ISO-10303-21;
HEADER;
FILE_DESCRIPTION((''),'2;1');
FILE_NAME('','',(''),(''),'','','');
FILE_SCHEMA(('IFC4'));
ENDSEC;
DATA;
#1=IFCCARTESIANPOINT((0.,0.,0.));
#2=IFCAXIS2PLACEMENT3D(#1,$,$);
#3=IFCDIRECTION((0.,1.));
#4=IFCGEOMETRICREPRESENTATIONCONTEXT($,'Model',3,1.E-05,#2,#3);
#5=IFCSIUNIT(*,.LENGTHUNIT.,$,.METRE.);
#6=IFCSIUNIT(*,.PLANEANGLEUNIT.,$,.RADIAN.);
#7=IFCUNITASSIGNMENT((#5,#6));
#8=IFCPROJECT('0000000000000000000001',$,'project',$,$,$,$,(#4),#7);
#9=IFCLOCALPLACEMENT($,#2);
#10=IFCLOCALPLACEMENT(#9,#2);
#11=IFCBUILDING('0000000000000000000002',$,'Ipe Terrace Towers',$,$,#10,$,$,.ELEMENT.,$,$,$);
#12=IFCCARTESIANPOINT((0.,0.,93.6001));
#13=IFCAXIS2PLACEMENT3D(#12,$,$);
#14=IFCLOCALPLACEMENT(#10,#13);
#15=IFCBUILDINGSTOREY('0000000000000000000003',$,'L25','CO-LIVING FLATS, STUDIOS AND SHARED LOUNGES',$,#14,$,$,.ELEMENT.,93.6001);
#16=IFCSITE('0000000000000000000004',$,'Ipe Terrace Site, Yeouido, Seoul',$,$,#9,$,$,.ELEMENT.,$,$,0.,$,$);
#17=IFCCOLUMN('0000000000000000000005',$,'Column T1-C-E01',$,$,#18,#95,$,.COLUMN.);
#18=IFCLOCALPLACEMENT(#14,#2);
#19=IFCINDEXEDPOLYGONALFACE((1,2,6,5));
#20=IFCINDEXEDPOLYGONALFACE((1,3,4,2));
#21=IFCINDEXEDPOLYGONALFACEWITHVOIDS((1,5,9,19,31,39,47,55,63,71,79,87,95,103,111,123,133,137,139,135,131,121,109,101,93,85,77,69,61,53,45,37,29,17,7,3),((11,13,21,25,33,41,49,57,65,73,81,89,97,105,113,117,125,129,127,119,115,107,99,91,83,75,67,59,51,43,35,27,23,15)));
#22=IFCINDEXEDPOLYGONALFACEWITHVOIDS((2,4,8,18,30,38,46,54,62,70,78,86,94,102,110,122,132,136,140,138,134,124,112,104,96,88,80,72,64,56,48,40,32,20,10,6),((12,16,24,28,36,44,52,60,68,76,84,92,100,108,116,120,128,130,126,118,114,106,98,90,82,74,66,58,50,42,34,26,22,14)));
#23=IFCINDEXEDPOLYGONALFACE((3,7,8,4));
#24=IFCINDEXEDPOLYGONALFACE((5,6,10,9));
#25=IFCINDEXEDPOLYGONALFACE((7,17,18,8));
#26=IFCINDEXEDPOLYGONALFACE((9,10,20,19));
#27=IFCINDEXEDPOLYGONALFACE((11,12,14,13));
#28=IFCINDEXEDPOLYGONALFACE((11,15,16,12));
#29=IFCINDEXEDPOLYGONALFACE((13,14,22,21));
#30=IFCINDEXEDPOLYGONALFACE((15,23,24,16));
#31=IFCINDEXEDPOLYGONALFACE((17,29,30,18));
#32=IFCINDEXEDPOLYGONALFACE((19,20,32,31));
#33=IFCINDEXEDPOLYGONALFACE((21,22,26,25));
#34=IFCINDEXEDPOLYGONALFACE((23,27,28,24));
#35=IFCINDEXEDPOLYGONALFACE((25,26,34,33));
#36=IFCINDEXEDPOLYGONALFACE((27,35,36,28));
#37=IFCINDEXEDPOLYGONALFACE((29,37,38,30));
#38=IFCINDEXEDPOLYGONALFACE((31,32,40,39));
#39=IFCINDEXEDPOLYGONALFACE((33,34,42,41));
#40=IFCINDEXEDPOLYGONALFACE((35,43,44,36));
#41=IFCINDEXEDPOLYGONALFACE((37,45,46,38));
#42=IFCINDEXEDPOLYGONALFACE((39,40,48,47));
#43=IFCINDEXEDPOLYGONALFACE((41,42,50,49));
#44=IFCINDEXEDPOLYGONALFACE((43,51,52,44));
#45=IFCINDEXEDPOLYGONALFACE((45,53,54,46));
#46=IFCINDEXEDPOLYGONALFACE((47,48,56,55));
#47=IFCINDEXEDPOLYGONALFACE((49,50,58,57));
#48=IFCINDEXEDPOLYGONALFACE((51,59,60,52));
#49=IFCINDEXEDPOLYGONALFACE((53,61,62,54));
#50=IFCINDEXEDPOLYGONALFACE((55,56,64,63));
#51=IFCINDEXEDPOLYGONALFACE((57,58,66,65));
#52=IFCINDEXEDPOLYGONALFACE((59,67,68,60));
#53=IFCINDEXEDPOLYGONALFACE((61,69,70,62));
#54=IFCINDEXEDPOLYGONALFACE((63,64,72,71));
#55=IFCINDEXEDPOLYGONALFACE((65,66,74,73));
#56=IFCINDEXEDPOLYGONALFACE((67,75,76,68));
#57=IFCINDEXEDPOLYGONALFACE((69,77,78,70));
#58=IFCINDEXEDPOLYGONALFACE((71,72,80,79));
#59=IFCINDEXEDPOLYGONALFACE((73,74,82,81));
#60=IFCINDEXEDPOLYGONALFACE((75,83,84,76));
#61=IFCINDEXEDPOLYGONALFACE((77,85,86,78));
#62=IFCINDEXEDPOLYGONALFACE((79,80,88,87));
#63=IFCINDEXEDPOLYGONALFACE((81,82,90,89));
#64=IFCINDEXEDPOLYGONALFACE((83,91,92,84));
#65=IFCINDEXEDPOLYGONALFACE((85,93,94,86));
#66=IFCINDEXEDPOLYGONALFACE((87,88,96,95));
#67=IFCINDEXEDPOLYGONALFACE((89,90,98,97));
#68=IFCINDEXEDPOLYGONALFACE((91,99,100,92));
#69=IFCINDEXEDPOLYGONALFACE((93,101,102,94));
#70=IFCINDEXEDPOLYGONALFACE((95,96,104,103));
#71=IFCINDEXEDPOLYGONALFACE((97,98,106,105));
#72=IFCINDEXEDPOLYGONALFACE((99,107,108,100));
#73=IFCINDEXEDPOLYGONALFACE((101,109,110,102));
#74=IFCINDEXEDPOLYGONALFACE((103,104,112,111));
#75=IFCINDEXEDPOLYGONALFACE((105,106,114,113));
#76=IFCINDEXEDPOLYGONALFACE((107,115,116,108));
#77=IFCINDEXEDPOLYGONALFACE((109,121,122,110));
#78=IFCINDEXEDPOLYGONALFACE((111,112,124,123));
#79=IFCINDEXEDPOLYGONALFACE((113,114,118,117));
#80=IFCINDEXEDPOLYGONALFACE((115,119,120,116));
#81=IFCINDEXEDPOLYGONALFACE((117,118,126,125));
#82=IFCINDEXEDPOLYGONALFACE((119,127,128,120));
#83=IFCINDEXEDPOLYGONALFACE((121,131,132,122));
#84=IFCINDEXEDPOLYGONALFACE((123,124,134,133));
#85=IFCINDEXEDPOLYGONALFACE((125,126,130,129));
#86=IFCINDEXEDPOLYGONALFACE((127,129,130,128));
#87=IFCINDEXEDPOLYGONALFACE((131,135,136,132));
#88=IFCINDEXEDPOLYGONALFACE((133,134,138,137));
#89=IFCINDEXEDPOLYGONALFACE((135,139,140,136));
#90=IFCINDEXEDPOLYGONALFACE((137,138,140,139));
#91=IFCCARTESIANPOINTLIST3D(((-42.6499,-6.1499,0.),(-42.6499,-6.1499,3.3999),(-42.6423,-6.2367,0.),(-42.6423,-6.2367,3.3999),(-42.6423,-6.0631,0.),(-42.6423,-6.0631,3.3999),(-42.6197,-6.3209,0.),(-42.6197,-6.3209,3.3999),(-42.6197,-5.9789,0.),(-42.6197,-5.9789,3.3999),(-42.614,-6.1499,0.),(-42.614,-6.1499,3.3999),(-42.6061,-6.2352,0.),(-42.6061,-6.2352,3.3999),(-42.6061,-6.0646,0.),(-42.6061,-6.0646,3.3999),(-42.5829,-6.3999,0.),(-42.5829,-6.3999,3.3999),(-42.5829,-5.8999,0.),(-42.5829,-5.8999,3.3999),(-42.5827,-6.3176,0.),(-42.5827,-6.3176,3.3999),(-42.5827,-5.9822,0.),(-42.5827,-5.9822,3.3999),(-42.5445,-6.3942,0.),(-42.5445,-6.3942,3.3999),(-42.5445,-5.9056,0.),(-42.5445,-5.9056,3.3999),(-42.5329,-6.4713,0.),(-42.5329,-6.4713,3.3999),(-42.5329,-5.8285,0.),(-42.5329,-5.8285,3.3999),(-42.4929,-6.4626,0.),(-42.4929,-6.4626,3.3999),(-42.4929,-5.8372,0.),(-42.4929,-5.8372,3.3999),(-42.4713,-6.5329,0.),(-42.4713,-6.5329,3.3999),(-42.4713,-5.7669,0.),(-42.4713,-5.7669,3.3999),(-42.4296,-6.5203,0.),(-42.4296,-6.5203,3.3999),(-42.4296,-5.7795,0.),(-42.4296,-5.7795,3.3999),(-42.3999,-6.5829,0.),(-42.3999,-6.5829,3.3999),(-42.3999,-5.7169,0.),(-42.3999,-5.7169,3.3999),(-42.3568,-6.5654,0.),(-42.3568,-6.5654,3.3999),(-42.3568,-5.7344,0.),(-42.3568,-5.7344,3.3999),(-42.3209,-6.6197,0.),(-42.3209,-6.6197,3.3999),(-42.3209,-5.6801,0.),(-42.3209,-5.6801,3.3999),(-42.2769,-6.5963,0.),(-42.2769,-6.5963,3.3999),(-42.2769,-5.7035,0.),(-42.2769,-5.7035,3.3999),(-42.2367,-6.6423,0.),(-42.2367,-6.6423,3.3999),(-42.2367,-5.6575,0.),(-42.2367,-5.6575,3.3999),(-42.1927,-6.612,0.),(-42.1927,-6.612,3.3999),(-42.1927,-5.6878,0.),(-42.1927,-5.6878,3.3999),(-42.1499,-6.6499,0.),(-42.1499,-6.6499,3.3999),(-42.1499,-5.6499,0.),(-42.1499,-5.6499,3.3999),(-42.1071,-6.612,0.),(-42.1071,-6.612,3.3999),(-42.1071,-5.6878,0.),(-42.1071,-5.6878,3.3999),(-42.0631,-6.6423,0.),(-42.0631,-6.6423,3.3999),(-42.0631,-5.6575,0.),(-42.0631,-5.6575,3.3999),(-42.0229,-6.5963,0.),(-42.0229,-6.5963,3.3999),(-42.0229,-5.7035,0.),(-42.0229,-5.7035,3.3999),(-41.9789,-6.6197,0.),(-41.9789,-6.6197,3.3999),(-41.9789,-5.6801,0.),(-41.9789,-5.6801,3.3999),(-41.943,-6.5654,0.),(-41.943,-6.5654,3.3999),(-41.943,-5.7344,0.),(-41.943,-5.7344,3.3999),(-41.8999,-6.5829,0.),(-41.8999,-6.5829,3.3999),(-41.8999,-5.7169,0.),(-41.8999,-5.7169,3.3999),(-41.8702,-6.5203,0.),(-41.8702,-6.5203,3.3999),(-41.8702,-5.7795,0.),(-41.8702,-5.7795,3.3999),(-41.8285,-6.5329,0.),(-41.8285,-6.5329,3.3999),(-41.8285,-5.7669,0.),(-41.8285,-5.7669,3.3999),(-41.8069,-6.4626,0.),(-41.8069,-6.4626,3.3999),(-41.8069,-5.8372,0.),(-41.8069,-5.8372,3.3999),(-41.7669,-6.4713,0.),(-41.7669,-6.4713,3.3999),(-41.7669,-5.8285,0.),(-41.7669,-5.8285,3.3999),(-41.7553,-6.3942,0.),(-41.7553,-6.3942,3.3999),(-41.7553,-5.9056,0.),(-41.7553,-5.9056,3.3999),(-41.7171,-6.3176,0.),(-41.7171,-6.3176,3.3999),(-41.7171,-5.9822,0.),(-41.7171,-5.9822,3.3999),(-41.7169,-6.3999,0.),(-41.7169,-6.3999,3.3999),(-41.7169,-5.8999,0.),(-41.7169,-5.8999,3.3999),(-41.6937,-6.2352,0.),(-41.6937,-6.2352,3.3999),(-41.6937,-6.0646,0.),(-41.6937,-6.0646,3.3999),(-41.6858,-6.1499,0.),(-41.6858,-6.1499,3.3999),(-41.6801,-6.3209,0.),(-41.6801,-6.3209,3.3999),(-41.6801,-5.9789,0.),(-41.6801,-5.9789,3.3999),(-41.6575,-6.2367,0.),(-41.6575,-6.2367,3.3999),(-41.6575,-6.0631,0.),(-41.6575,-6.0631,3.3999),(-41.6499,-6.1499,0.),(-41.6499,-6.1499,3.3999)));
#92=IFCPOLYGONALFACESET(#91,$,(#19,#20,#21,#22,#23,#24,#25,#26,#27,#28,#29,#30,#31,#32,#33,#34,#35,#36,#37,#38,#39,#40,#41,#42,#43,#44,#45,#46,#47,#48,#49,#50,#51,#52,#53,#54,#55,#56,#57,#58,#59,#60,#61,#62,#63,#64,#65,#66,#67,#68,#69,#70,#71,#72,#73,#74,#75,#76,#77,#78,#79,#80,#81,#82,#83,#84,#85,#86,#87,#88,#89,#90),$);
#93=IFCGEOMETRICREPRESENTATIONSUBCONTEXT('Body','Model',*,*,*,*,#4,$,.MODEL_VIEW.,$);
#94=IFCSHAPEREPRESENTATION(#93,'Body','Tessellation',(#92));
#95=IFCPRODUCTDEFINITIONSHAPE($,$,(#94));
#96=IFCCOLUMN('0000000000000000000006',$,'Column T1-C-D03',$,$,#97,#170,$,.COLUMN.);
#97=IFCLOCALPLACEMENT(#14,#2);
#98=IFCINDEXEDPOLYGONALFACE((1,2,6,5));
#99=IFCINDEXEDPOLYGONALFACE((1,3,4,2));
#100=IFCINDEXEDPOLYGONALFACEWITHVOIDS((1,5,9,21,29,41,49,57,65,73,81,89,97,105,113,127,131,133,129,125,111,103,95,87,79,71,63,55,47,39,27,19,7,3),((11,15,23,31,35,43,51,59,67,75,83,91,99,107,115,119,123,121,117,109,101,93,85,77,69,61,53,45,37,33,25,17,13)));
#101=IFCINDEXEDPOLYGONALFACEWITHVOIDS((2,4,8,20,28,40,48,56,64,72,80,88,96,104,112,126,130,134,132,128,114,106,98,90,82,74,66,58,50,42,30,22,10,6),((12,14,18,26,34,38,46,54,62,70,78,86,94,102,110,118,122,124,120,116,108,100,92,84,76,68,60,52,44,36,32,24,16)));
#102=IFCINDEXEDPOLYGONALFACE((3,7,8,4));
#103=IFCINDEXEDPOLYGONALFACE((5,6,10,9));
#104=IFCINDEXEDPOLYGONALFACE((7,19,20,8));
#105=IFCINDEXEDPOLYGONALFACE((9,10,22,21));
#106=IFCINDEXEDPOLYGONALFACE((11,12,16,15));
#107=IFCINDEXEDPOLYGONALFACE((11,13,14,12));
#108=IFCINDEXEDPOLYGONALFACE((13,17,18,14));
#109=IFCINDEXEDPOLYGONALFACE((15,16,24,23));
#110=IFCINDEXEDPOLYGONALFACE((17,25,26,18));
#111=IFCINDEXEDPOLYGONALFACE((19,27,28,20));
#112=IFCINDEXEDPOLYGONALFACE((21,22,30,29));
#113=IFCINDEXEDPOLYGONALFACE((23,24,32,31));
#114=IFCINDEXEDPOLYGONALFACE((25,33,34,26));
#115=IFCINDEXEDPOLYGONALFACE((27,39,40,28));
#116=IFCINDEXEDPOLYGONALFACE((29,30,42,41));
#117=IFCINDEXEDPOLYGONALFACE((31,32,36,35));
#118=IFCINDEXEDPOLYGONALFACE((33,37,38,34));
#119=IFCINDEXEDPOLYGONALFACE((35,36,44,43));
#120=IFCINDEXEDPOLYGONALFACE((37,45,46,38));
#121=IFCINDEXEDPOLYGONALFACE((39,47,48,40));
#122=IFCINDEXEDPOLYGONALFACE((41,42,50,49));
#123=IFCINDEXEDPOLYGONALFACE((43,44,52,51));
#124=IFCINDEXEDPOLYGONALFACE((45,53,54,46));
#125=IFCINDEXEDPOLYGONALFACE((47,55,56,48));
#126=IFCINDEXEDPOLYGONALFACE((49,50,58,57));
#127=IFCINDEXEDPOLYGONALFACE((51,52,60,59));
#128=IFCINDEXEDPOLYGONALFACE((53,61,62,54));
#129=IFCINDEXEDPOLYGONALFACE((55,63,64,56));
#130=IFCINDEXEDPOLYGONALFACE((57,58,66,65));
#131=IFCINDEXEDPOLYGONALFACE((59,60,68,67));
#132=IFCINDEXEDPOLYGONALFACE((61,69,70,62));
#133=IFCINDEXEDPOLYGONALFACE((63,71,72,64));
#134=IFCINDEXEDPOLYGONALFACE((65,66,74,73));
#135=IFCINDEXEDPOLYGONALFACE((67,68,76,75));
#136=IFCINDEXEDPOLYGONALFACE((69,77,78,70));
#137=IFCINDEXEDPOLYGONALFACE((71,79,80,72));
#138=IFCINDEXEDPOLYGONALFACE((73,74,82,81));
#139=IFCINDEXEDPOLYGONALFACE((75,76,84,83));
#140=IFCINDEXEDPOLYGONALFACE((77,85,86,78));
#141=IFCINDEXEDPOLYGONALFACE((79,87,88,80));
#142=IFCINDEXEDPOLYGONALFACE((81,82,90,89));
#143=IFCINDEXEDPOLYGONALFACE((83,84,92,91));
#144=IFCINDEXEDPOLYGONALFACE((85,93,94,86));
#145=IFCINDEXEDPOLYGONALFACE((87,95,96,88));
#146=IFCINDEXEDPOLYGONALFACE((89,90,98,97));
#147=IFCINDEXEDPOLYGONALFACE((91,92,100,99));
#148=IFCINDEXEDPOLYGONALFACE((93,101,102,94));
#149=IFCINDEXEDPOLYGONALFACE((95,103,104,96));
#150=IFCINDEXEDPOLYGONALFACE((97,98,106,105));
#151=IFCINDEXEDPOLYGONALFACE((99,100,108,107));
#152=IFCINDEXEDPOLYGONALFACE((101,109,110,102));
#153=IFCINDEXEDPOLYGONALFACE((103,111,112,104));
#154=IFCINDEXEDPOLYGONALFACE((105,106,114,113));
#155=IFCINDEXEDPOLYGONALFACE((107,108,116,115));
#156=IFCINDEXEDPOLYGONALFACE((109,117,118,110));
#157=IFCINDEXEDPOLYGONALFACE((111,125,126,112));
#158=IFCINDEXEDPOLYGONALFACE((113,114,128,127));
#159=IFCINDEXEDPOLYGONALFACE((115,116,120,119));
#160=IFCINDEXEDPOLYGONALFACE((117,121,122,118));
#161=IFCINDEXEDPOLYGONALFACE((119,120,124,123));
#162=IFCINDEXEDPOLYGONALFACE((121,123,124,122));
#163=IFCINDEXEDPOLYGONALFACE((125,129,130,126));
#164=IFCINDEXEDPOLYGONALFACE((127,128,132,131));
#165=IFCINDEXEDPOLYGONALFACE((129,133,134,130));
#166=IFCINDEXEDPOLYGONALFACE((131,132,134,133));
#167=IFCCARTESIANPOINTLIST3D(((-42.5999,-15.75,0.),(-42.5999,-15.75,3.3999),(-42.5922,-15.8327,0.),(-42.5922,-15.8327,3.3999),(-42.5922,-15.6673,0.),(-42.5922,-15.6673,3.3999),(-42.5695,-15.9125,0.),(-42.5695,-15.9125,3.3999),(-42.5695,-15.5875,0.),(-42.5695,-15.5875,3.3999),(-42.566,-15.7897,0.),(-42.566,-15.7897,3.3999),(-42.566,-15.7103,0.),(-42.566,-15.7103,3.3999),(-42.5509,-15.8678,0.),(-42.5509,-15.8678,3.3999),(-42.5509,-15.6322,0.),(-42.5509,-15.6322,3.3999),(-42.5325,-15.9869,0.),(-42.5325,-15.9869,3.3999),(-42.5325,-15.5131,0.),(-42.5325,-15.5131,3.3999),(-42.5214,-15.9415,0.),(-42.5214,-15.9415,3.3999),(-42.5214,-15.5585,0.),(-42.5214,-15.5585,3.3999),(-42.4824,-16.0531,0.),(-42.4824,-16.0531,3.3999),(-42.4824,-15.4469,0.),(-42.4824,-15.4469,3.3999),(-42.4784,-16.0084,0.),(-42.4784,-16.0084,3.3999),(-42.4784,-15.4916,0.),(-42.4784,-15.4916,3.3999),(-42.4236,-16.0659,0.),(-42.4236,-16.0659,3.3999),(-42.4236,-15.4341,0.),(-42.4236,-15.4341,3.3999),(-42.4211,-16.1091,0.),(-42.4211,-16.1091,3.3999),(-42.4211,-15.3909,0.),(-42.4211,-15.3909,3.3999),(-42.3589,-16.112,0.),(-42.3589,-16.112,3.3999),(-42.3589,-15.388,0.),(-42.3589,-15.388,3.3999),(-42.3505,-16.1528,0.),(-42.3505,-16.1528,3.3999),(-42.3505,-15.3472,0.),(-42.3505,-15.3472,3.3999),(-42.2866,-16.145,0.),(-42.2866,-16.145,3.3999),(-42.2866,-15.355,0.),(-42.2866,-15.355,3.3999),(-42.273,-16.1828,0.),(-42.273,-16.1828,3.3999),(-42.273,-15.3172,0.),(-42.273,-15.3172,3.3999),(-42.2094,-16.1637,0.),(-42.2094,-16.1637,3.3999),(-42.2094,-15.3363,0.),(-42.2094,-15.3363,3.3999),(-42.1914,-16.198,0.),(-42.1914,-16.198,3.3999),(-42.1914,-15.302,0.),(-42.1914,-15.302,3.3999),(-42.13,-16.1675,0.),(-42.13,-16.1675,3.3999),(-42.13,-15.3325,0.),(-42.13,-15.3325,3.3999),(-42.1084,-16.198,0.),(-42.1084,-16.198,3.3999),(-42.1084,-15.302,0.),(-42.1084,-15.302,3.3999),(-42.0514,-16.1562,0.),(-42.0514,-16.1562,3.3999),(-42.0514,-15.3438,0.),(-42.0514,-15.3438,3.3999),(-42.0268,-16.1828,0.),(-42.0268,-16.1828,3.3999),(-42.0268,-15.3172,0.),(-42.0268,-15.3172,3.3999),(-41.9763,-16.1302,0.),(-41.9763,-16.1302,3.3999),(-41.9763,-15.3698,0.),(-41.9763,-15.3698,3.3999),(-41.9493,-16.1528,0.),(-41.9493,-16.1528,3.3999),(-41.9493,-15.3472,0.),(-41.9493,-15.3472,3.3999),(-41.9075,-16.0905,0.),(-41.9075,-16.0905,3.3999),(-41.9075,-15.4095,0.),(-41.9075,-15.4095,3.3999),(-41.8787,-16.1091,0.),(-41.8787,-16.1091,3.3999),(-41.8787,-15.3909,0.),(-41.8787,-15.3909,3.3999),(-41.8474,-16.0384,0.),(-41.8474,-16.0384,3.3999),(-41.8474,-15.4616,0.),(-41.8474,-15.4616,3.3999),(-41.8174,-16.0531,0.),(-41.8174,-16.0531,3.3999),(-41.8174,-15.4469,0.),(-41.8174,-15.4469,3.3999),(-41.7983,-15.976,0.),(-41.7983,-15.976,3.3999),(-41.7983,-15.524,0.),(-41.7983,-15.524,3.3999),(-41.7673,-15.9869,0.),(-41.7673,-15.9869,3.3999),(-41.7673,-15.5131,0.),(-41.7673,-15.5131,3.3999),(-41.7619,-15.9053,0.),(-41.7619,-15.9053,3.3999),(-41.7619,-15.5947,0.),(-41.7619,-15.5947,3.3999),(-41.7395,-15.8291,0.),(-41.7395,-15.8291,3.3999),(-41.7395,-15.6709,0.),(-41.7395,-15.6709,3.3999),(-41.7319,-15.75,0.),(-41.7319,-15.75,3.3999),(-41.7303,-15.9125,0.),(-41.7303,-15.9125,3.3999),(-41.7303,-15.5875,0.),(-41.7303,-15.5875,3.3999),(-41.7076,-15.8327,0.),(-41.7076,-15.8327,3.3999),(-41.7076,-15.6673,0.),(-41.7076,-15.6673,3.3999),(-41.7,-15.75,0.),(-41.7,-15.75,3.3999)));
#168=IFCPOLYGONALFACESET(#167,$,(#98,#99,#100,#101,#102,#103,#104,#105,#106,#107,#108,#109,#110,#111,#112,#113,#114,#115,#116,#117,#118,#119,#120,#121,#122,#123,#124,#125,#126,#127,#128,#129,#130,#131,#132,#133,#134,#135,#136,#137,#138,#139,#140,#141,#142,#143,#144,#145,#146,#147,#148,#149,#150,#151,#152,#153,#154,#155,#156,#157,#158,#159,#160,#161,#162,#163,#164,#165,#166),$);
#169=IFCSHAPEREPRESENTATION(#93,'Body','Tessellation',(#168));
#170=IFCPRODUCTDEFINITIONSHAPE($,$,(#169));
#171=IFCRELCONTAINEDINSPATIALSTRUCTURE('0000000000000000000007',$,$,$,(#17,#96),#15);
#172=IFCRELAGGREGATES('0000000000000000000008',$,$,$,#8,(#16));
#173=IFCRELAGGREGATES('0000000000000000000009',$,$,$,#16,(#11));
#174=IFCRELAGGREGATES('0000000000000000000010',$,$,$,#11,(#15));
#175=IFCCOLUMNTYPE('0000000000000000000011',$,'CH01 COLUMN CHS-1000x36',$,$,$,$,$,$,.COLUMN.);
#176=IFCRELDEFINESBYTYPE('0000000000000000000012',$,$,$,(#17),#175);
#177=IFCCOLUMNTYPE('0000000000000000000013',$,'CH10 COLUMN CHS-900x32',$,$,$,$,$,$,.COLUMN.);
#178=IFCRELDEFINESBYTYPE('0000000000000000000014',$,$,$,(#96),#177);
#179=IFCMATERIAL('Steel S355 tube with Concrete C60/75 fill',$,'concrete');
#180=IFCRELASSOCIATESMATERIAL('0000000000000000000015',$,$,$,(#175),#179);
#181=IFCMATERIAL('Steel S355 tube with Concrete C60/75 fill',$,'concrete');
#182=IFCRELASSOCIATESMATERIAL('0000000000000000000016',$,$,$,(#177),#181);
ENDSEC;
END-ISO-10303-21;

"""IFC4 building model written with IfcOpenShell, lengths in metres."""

from ifc_helpers import new_model, si_unit, direction, frame, origin, origin_2d, place, context, subcontext, project, spatial, hollow_circle, extrude, material, material_profile, profile_set, type_object, element, save


model = new_model("IFC4")

# Units and contexts
model_context = context("Model", 3, precision=1e-05, world=origin(), true_north=direction((0.0, 1.0)))
body_context = subcontext(model_context, "Body", "Model", "MODEL_VIEW")
ifc_project = project(units=[si_unit("LENGTHUNIT", "METRE"), si_unit("PLANEANGLEUNIT", "RADIAN")], contexts=[model_context])

# Site, building, storey
site_placement = place(None, origin())
site = spatial("IfcSite", under=ifc_project, at=site_placement, Name="Ipe Terrace Site, Yeouido, Seoul", CompositionType="ELEMENT", RefElevation=0.0)
building_placement = place(site_placement, origin())
building = spatial("IfcBuilding", under=site, at=building_placement, Name="Ipe Terrace Towers", CompositionType="ELEMENT")
storey_placement = place(building_placement, frame((0.0, 0.0, 93.6001)))
storey = spatial("IfcBuildingStorey", under=building, at=storey_placement, Name="L25", Description="CO-LIVING FLATS, STUDIOS AND SHARED LOUNGES", CompositionType="ELEMENT", Elevation=93.6001)

# Columns
ifc_material_1 = material(Name="Steel S355 tube with Concrete C60/75 fill", Category="concrete")
ifc_material_profile_1 = material_profile(ifc_material_1, hollow_circle(Radius=0.5, WallThickness=0.0359, at=origin_2d()), Name="CHS-1000x36")
ifc_profile_set_1 = profile_set([ifc_material_profile_1], Name="Steel S355 tube with Concrete C60/75 fill")
column_type_1 = type_object("IfcColumnType", Name="CH01 COLUMN CHS-1000x36", PredefinedType="COLUMN", material=ifc_profile_set_1)
column_placement = place(storey_placement, frame((-42.1499, -6.1499, 0.0), z_axis=(0.0, 0.0, 1.0), x_axis=(1.0, 0.0, 0.0)))
element("IfcColumn", 1, at=column_placement, inside=storey, type_object=column_type_1, Name="Column T1-C-E01", PredefinedType="COLUMN", context=body_context, shape_type="SweptSolid", body=[
    extrude(hollow_circle(Radius=0.5, WallThickness=0.0359, at=origin_2d()), origin(), (0.0, 0.0, 1.0), 3.3999),
])
ifc_material_2 = material(Name="Steel S355 tube with Concrete C60/75 fill", Category="concrete")
ifc_material_profile_2 = material_profile(ifc_material_2, hollow_circle(Radius=0.45, WallThickness=0.032, at=origin_2d()), Name="CHS-900x32")
ifc_profile_set_2 = profile_set([ifc_material_profile_2], Name="Steel S355 tube with Concrete C60/75 fill")
column_type_2 = type_object("IfcColumnType", Name="CH10 COLUMN CHS-900x32", PredefinedType="COLUMN", material=ifc_profile_set_2)
for number, where, z_axis, x_axis, name in (
    (2, (-42.1499, -15.75, 0.0), (0.0, 0.0, 1.0), (1.0, 0.0, 0.0), "Column T1-C-D03"),
):
    element("IfcColumn", number, at=place(storey_placement, frame(where, z_axis=z_axis, x_axis=x_axis)), inside=storey, type_object=column_type_2, Name=name, PredefinedType="COLUMN", context=body_context, shape_type="SweptSolid", body=[
        extrude(hollow_circle(Radius=0.45, WallThickness=0.032, at=origin_2d()), origin(), (0.0, 0.0, 1.0), 3.3999),
    ])

save(model, "model.ifc")
